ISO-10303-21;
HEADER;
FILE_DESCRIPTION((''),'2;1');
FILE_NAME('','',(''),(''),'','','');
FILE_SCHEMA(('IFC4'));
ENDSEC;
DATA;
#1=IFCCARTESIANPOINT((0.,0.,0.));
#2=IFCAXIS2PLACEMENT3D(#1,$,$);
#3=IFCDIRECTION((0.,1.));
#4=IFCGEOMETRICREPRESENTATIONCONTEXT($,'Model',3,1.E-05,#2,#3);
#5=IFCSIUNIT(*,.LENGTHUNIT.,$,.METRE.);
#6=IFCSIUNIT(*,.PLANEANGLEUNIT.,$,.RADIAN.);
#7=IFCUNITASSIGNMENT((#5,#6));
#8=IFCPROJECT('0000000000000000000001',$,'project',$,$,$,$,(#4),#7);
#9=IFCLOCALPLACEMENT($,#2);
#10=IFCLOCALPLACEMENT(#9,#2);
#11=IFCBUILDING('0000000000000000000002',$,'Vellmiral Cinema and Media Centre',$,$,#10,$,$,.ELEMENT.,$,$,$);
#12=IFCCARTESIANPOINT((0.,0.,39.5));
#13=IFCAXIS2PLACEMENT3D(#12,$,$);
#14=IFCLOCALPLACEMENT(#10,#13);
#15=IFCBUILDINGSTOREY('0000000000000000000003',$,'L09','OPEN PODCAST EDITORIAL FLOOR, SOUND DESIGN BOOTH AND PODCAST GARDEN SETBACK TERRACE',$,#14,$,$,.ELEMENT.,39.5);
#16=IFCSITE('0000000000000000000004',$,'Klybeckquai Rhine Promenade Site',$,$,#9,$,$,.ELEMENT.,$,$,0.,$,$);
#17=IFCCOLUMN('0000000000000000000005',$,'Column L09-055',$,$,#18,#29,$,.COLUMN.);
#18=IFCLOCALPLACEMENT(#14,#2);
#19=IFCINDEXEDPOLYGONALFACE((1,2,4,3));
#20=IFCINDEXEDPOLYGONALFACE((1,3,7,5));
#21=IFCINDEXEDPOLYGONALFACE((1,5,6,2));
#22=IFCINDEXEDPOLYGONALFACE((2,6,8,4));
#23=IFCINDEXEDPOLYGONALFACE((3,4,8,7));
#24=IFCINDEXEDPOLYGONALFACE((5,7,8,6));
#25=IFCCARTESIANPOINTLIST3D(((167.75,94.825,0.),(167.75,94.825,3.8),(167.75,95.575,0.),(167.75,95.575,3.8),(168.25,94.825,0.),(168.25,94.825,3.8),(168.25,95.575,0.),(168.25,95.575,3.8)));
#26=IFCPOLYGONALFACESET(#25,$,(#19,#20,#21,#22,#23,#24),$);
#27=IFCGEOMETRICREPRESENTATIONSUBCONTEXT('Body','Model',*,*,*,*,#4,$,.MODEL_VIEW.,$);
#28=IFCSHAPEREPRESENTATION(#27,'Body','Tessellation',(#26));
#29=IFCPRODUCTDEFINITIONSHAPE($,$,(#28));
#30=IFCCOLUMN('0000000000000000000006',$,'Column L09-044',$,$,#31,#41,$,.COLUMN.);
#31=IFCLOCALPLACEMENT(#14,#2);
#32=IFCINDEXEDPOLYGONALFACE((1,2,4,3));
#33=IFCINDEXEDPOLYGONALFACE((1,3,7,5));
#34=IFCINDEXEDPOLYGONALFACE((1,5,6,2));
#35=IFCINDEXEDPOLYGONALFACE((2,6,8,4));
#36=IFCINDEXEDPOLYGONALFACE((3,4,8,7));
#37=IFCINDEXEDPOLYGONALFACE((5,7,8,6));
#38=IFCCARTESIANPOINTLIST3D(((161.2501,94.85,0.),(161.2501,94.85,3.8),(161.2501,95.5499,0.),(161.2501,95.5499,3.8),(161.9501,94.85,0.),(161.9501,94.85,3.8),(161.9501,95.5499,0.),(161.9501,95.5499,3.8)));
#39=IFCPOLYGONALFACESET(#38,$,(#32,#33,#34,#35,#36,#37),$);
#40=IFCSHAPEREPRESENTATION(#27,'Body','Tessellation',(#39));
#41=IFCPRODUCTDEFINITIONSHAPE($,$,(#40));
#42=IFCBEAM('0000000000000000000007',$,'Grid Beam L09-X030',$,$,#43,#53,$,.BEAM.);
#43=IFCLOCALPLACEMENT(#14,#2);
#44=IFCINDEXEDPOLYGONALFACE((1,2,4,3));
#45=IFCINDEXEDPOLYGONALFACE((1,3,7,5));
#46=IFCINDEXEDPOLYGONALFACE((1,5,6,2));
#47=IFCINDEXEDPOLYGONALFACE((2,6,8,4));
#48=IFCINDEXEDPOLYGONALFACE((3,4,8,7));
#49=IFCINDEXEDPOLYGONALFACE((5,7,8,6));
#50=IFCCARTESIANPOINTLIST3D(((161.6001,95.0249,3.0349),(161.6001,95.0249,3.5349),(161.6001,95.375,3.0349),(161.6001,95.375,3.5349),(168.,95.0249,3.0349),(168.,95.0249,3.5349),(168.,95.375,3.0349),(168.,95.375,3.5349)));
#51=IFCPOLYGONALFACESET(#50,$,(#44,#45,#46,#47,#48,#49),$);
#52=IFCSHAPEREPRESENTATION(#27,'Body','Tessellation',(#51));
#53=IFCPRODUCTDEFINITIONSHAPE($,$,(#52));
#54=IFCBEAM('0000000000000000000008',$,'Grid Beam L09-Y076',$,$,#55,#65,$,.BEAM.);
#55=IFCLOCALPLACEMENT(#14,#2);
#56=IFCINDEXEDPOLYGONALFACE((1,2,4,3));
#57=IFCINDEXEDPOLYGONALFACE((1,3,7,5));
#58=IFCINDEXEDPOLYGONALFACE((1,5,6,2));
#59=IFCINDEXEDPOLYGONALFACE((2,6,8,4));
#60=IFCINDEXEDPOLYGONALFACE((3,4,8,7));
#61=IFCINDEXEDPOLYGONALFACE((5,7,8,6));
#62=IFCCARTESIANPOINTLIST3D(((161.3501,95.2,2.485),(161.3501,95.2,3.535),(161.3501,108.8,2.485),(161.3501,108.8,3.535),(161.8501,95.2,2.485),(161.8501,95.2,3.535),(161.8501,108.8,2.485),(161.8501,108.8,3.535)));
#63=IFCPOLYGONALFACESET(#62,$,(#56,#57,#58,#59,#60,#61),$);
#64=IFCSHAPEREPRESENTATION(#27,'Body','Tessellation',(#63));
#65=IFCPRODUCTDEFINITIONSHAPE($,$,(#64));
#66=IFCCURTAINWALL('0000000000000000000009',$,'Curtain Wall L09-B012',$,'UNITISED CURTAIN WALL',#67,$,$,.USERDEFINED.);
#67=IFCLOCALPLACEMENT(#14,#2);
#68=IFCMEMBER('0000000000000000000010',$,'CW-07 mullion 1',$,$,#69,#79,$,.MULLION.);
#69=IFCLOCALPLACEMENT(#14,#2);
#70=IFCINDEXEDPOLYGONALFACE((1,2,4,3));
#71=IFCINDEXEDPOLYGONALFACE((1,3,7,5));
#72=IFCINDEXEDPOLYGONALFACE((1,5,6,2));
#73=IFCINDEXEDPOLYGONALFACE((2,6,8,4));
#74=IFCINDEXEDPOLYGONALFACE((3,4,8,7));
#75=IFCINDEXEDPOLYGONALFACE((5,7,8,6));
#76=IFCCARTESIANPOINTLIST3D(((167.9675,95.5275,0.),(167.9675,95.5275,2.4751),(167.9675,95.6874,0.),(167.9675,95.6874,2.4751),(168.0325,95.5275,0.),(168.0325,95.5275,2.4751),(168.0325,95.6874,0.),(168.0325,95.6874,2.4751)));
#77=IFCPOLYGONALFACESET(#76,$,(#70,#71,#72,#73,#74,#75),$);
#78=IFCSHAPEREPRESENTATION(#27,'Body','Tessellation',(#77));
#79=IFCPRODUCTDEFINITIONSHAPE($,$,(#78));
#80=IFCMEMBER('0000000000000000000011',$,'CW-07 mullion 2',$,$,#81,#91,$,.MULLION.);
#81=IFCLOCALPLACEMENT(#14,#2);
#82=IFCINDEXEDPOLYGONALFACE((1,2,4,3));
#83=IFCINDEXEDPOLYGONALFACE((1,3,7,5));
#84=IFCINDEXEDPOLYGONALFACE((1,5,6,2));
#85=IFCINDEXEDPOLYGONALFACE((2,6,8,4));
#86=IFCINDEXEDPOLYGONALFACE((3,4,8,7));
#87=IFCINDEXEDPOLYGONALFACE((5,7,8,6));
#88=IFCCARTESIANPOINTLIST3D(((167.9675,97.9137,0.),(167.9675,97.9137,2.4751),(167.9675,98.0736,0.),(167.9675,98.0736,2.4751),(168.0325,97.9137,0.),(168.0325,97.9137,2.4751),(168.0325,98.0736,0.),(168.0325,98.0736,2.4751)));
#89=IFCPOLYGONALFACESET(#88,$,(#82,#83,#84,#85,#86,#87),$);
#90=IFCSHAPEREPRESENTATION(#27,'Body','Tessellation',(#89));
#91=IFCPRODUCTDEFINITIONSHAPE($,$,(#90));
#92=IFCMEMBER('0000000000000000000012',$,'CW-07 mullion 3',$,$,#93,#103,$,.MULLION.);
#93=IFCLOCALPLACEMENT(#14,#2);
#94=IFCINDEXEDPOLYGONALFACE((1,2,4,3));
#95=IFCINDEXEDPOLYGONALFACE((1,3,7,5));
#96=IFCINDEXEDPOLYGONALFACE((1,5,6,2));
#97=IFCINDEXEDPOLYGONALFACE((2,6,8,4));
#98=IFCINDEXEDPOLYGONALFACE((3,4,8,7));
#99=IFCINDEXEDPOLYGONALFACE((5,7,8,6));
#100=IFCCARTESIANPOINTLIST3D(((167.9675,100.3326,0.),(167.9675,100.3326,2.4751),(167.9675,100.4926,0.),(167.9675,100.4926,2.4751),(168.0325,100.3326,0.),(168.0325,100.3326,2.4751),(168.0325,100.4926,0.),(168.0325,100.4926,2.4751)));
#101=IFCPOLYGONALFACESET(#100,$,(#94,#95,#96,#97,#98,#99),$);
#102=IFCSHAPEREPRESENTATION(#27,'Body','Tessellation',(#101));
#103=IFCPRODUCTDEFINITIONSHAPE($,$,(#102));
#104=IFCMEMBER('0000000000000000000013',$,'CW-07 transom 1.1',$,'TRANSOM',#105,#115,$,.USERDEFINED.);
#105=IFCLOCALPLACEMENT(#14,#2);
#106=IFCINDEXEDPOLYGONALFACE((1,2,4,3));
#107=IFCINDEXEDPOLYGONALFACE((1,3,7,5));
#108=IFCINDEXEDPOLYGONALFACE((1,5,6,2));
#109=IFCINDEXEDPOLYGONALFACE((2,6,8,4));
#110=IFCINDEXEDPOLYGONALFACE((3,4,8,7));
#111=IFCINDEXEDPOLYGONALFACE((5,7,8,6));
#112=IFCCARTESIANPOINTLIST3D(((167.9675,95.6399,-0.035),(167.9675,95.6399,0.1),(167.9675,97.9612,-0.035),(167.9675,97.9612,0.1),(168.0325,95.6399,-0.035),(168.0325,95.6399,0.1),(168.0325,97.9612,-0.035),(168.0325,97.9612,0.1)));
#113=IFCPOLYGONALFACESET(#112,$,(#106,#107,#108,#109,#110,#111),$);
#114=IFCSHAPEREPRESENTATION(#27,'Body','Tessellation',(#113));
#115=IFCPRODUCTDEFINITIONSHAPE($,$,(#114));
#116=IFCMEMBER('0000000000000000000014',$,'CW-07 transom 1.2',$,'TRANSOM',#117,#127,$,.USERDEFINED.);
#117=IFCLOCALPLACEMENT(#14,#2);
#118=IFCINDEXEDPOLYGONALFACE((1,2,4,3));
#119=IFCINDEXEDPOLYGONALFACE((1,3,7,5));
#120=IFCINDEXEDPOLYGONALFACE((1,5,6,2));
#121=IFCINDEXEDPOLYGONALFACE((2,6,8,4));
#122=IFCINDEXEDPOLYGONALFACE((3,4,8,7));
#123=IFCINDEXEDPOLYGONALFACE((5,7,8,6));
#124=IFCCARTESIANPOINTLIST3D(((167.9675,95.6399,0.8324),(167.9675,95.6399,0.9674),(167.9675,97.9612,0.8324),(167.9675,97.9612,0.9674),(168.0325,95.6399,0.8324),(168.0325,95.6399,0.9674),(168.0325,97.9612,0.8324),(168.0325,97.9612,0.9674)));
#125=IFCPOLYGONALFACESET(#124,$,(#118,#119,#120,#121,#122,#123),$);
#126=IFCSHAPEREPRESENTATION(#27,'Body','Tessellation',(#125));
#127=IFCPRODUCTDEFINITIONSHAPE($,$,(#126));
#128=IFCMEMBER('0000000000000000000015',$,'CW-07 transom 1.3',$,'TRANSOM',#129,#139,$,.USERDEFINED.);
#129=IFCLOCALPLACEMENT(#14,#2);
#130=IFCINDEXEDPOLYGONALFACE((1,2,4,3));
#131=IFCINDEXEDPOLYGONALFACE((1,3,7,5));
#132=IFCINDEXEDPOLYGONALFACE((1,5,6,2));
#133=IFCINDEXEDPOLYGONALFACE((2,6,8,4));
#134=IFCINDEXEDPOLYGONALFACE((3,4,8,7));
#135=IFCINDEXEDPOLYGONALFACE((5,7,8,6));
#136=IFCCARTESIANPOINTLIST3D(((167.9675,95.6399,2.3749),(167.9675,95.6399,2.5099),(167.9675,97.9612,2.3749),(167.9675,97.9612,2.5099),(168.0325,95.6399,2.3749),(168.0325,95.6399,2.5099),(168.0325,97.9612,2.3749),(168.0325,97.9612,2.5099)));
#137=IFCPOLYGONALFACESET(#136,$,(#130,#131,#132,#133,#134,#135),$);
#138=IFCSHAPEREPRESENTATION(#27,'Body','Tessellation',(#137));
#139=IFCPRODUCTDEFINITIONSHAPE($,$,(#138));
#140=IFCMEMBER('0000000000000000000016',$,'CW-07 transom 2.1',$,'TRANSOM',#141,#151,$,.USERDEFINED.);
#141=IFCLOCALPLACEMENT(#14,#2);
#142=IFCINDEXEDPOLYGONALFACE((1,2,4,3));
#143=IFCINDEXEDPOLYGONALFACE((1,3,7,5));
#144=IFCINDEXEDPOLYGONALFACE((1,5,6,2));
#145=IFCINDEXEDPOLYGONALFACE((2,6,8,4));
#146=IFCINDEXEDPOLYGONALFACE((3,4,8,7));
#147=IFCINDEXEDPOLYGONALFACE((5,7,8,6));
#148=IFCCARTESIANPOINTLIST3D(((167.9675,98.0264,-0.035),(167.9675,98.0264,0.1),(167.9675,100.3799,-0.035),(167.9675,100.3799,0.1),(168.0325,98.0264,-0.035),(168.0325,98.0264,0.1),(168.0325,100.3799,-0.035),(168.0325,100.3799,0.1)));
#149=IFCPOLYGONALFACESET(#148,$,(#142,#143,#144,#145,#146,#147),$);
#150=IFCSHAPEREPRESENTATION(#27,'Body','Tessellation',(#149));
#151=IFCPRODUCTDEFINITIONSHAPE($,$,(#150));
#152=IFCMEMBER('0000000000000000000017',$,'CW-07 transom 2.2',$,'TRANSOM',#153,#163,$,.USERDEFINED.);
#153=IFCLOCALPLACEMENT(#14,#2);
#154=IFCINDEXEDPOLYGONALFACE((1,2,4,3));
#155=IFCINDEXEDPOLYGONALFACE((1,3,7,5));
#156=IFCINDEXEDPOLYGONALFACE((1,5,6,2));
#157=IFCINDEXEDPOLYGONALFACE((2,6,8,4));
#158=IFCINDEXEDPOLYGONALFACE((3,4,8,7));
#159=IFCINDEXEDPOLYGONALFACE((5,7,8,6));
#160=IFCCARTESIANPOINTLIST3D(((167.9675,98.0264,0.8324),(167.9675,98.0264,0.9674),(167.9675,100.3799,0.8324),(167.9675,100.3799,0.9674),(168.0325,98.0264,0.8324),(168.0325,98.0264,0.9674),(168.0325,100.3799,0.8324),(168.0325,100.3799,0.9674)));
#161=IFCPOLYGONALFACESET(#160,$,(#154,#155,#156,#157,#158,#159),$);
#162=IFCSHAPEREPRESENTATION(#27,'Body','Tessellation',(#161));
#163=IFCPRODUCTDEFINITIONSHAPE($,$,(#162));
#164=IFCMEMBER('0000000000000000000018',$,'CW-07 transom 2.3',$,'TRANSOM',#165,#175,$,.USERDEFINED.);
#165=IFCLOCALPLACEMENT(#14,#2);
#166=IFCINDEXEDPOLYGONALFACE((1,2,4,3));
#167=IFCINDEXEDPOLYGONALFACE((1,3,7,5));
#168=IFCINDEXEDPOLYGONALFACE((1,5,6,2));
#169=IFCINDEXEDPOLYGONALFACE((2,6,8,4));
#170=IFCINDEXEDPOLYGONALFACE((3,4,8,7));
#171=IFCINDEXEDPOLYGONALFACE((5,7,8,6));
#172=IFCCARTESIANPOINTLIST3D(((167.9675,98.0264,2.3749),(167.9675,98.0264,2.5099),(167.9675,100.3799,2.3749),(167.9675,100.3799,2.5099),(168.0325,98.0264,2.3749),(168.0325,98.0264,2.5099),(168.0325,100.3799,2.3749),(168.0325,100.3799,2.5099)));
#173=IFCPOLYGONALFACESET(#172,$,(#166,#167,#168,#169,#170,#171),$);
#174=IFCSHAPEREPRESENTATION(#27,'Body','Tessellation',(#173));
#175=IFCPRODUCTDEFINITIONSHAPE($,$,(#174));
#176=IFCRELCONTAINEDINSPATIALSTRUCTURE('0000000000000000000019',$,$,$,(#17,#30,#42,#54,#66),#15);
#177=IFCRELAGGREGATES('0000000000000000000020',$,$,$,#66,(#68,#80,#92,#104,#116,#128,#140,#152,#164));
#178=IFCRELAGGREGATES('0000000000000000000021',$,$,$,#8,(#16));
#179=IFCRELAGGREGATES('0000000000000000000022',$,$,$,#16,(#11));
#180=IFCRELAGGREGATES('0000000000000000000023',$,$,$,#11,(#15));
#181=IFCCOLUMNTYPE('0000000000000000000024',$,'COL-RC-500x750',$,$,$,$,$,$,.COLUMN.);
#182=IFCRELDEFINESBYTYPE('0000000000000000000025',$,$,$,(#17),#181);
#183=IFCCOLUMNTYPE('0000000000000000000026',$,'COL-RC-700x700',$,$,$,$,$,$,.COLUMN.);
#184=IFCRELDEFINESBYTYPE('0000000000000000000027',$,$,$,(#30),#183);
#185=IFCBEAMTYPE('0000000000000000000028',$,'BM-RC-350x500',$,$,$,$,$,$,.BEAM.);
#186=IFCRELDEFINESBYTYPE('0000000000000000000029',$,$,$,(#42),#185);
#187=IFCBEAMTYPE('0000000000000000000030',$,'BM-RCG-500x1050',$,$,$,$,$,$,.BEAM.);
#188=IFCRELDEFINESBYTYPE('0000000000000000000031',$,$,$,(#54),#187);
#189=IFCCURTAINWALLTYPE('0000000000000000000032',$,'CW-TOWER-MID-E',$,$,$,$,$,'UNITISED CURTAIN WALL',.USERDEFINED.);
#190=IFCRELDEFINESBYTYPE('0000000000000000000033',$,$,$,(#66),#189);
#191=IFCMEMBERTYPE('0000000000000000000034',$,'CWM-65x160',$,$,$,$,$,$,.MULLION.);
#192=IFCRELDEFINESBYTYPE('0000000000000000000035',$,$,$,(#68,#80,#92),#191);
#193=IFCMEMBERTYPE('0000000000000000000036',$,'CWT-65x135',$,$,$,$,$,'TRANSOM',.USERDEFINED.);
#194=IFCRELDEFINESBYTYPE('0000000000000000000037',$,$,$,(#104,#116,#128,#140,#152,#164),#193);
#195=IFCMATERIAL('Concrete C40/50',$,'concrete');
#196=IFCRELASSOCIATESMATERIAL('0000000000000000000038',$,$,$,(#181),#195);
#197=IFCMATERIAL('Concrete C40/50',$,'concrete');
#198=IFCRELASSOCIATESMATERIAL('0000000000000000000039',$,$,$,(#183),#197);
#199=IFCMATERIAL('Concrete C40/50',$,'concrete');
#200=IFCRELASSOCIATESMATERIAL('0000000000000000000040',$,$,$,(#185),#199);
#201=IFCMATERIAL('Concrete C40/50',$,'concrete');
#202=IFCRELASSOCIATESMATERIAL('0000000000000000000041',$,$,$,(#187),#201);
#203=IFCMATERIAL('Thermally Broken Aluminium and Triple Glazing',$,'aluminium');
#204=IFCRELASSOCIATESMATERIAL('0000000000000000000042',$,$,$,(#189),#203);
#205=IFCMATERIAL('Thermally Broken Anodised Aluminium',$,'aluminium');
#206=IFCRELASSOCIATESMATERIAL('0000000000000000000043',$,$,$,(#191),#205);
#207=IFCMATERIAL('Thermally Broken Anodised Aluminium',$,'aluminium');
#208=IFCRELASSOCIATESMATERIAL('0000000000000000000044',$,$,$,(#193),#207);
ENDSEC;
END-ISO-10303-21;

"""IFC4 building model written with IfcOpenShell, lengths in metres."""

from ifc_helpers import new_model, si_unit, direction, frame, origin, origin_2d, place, context, subcontext, project, spatial, rectangle, extrude, material, material_profile, profile_set, type_object, element, aggregate, save


model = new_model("IFC4")

# Units and contexts
model_context = context("Model", 3, precision=1e-05, world=origin(), true_north=direction((0.0, 1.0)))
body_context = subcontext(model_context, "Body", "Model", "MODEL_VIEW")
ifc_project = project(units=[si_unit("LENGTHUNIT", "METRE"), si_unit("PLANEANGLEUNIT", "RADIAN")], contexts=[model_context])

# Site, building, storey
site_placement = place(None, origin())
site = spatial("IfcSite", under=ifc_project, at=site_placement, Name="Klybeckquai Rhine Promenade Site", CompositionType="ELEMENT", RefElevation=0.0)
building_placement = place(site_placement, origin())
building = spatial("IfcBuilding", under=site, at=building_placement, Name="Vellmiral Cinema and Media Centre", CompositionType="ELEMENT")
storey_placement = place(building_placement, frame((0.0, 0.0, 39.5)))
storey = spatial("IfcBuildingStorey", under=building, at=storey_placement, Name="L09", Description="OPEN PODCAST EDITORIAL FLOOR, SOUND DESIGN BOOTH AND PODCAST GARDEN SETBACK TERRACE", CompositionType="ELEMENT", Elevation=39.5)

# Columns
ifc_material_1 = material(Name="Concrete C40/50", Category="concrete")
ifc_material_profile_1 = material_profile(ifc_material_1, rectangle(XDim=0.5, YDim=0.75, at=origin_2d()), Name="RC 500x750")
ifc_profile_set_1 = profile_set([ifc_material_profile_1], Name="Concrete C40/50")
column_type_1 = type_object("IfcColumnType", Name="COL-RC-500x750", PredefinedType="COLUMN", material=ifc_profile_set_1)
column_1_placement = place(storey_placement, frame((168.0, 95.2, 0.0), z_axis=(0.0, 0.0, 1.0), x_axis=(1.0, 0.0, 0.0)))
element("IfcColumn", 1, at=column_1_placement, inside=storey, type_object=column_type_1, Name="Column L09-055", PredefinedType="COLUMN", context=body_context, shape_type="SweptSolid", body=[
    extrude(rectangle(XDim=0.5, YDim=0.75, at=origin_2d()), origin(), (0.0, 0.0, 1.0), 3.8),
])
ifc_material_2 = material(Name="Concrete C40/50", Category="concrete")
ifc_material_profile_2 = material_profile(ifc_material_2, rectangle(XDim=0.7, YDim=0.7, at=origin_2d()), Name="RC 700x700")
ifc_profile_set_2 = profile_set([ifc_material_profile_2], Name="Concrete C40/50")
column_type_2 = type_object("IfcColumnType", Name="COL-RC-700x700", PredefinedType="COLUMN", material=ifc_profile_set_2)
column_2_placement = place(storey_placement, frame((161.6001, 95.2, 0.0), z_axis=(0.0, 0.0, 1.0), x_axis=(1.0, 0.0, 0.0)))
element("IfcColumn", 2, at=column_2_placement, inside=storey, type_object=column_type_2, Name="Column L09-044", PredefinedType="COLUMN", context=body_context, shape_type="SweptSolid", body=[
    extrude(rectangle(XDim=0.7, YDim=0.7, at=origin_2d()), origin(), (0.0, 0.0, 1.0), 3.8),
])

# Beams
ifc_material_3 = material(Name="Concrete C40/50", Category="concrete")
ifc_material_profile_3 = material_profile(ifc_material_3, rectangle(XDim=0.3501, YDim=0.5, at=origin_2d()), Name="RC 350x500")
ifc_profile_set_3 = profile_set([ifc_material_profile_3], Name="Concrete C40/50")
beam_type_1 = type_object("IfcBeamType", Name="BM-RC-350x500", PredefinedType="BEAM", material=ifc_profile_set_3)
beam_1_placement = place(storey_placement, frame((161.6001, 95.2, 3.2849), z_axis=(1.0, 0.0, 0.0), x_axis=(0.0, 1.0, 0.0)))
element("IfcBeam", 3, at=beam_1_placement, inside=storey, type_object=beam_type_1, Name="Grid Beam L09-X030", PredefinedType="BEAM", context=body_context, shape_type="SweptSolid", body=[
    extrude(rectangle(XDim=0.3501, YDim=0.5, at=origin_2d()), origin(), (0.0, 0.0, 1.0), 6.3999),
])
ifc_material_4 = material(Name="Concrete C40/50", Category="concrete")
ifc_material_profile_4 = material_profile(ifc_material_4, rectangle(XDim=0.5, YDim=1.05, at=origin_2d()), Name="RC 500x1050")
ifc_profile_set_4 = profile_set([ifc_material_profile_4], Name="Concrete C40/50")
beam_type_2 = type_object("IfcBeamType", Name="BM-RCG-500x1050", PredefinedType="BEAM", material=ifc_profile_set_4)
beam_2_placement = place(storey_placement, frame((161.6001, 95.2, 3.01), z_axis=(0.0, 1.0, 0.0), x_axis=(-1.0, 0.0, 0.0)))
element("IfcBeam", 4, at=beam_2_placement, inside=storey, type_object=beam_type_2, Name="Grid Beam L09-Y076", PredefinedType="BEAM", context=body_context, shape_type="SweptSolid", body=[
    extrude(rectangle(XDim=0.5, YDim=1.05, at=origin_2d()), origin(), (0.0, 0.0, 1.0), 13.6001),
])

# Curtain wall, members
ifc_material_5 = material(Name="Thermally Broken Aluminium and Triple Glazing", Category="aluminium")
curtain_wall_type = type_object("IfcCurtainWallType", Name="CW-TOWER-MID-E", ElementType="UNITISED CURTAIN WALL", PredefinedType="USERDEFINED", material=ifc_material_5)
curtain_wall_placement = place(storey_placement, origin())
curtain_wall = element("IfcCurtainWall", 5, at=curtain_wall_placement, inside=storey, type_object=curtain_wall_type, Name="Curtain Wall L09-B012", ObjectType="UNITISED CURTAIN WALL", PredefinedType="USERDEFINED")
ifc_material_6 = material(Name="Thermally Broken Anodised Aluminium", Category="aluminium")
ifc_material_profile_5 = material_profile(ifc_material_6, rectangle(XDim=0.0649, YDim=0.1599, at=origin_2d()), Name="MULL 65x160")
ifc_profile_set_5 = profile_set([ifc_material_profile_5], Name="Thermally Broken Anodised Aluminium")
member_type_1 = type_object("IfcMemberType", Name="CWM-65x160", PredefinedType="MULLION", material=ifc_profile_set_5)
member_1_placement = place(storey_placement, frame((168.0, 95.6074, 0.0), z_axis=(0.0, 0.0, 1.0), x_axis=(-1.0, 0.0, 0.0)))
member_1 = element("IfcMember", 6, at=member_1_placement, type_object=member_type_1, Name="CW-07 mullion 1", PredefinedType="MULLION", context=body_context, shape_type="SweptSolid", body=[
    extrude(rectangle(XDim=0.0649, YDim=0.1599, at=origin_2d()), origin(), (0.0, 0.0, 1.0), 2.4751),
])
member_2_placement = place(storey_placement, frame((168.0, 97.9937, 0.0), z_axis=(0.0, 0.0, 1.0), x_axis=(-1.0, 0.0, 0.0)))
member_2 = element("IfcMember", 7, at=member_2_placement, type_object=member_type_1, Name="CW-07 mullion 2", PredefinedType="MULLION", context=body_context, shape_type="SweptSolid", body=[
    extrude(rectangle(XDim=0.0649, YDim=0.1599, at=origin_2d()), origin(), (0.0, 0.0, 1.0), 2.4751),
])
member_3_placement = place(storey_placement, frame((168.0, 100.4126, 0.0), z_axis=(0.0, 0.0, 1.0), x_axis=(-1.0, 0.0, 0.0)))
member_3 = element("IfcMember", 8, at=member_3_placement, type_object=member_type_1, Name="CW-07 mullion 3", PredefinedType="MULLION", context=body_context, shape_type="SweptSolid", body=[
    extrude(rectangle(XDim=0.0649, YDim=0.1599, at=origin_2d()), origin(), (0.0, 0.0, 1.0), 2.4751),
])
ifc_material_7 = material(Name="Thermally Broken Anodised Aluminium", Category="aluminium")
ifc_material_profile_6 = material_profile(ifc_material_7, rectangle(XDim=0.0649, YDim=0.135, at=origin_2d()), Name="MULL 65x135")
ifc_profile_set_6 = profile_set([ifc_material_profile_6], Name="Thermally Broken Anodised Aluminium")
member_type_2 = type_object("IfcMemberType", Name="CWT-65x135", ElementType="TRANSOM", PredefinedType="USERDEFINED", material=ifc_profile_set_6)
member_4_placement = place(storey_placement, frame((168.0, 95.6399, 0.0325), z_axis=(0.0, 1.0, 0.0), x_axis=(-1.0, 0.0, 0.0)))
member_4 = element("IfcMember", 9, at=member_4_placement, type_object=member_type_2, Name="CW-07 transom 1.1", ObjectType="TRANSOM", PredefinedType="USERDEFINED", context=body_context, shape_type="SweptSolid", body=[
    extrude(rectangle(XDim=0.0649, YDim=0.135, at=origin_2d()), origin(), (0.0, 0.0, 1.0), 2.3213),
])
member_5_placement = place(storey_placement, frame((168.0, 95.6399, 0.8999), z_axis=(0.0, 1.0, 0.0), x_axis=(-1.0, 0.0, 0.0)))
member_5 = element("IfcMember", 10, at=member_5_placement, type_object=member_type_2, Name="CW-07 transom 1.2", ObjectType="TRANSOM", PredefinedType="USERDEFINED", context=body_context, shape_type="SweptSolid", body=[
    extrude(rectangle(XDim=0.0649, YDim=0.135, at=origin_2d()), origin(), (0.0, 0.0, 1.0), 2.3213),
])
member_6_placement = place(storey_placement, frame((168.0, 95.6399, 2.4424), z_axis=(0.0, 1.0, 0.0), x_axis=(-1.0, 0.0, 0.0)))
member_6 = element("IfcMember", 11, at=member_6_placement, type_object=member_type_2, Name="CW-07 transom 1.3", ObjectType="TRANSOM", PredefinedType="USERDEFINED", context=body_context, shape_type="SweptSolid", body=[
    extrude(rectangle(XDim=0.0649, YDim=0.135, at=origin_2d()), origin(), (0.0, 0.0, 1.0), 2.3213),
])
member_7_placement = place(storey_placement, frame((168.0, 98.0264, 0.0325), z_axis=(0.0, 1.0, 0.0), x_axis=(-1.0, 0.0, 0.0)))
member_7 = element("IfcMember", 12, at=member_7_placement, type_object=member_type_2, Name="CW-07 transom 2.1", ObjectType="TRANSOM", PredefinedType="USERDEFINED", context=body_context, shape_type="SweptSolid", body=[
    extrude(rectangle(XDim=0.0649, YDim=0.135, at=origin_2d()), origin(), (0.0, 0.0, 1.0), 2.3535),
])
member_8_placement = place(storey_placement, frame((168.0, 98.0264, 0.8999), z_axis=(0.0, 1.0, 0.0), x_axis=(-1.0, 0.0, 0.0)))
member_8 = element("IfcMember", 13, at=member_8_placement, type_object=member_type_2, Name="CW-07 transom 2.2", ObjectType="TRANSOM", PredefinedType="USERDEFINED", context=body_context, shape_type="SweptSolid", body=[
    extrude(rectangle(XDim=0.0649, YDim=0.135, at=origin_2d()), origin(), (0.0, 0.0, 1.0), 2.3535),
])
member_9_placement = place(storey_placement, frame((168.0, 98.0264, 2.4424), z_axis=(0.0, 1.0, 0.0), x_axis=(-1.0, 0.0, 0.0)))
member_9 = element("IfcMember", 14, at=member_9_placement, type_object=member_type_2, Name="CW-07 transom 2.3", ObjectType="TRANSOM", PredefinedType="USERDEFINED", context=body_context, shape_type="SweptSolid", body=[
    extrude(rectangle(XDim=0.0649, YDim=0.135, at=origin_2d()), origin(), (0.0, 0.0, 1.0), 2.3535),
])

aggregate(curtain_wall, [member_1, member_2, member_3, member_4, member_5, member_6, member_7, member_8, member_9])

save(model, "model.ifc")
